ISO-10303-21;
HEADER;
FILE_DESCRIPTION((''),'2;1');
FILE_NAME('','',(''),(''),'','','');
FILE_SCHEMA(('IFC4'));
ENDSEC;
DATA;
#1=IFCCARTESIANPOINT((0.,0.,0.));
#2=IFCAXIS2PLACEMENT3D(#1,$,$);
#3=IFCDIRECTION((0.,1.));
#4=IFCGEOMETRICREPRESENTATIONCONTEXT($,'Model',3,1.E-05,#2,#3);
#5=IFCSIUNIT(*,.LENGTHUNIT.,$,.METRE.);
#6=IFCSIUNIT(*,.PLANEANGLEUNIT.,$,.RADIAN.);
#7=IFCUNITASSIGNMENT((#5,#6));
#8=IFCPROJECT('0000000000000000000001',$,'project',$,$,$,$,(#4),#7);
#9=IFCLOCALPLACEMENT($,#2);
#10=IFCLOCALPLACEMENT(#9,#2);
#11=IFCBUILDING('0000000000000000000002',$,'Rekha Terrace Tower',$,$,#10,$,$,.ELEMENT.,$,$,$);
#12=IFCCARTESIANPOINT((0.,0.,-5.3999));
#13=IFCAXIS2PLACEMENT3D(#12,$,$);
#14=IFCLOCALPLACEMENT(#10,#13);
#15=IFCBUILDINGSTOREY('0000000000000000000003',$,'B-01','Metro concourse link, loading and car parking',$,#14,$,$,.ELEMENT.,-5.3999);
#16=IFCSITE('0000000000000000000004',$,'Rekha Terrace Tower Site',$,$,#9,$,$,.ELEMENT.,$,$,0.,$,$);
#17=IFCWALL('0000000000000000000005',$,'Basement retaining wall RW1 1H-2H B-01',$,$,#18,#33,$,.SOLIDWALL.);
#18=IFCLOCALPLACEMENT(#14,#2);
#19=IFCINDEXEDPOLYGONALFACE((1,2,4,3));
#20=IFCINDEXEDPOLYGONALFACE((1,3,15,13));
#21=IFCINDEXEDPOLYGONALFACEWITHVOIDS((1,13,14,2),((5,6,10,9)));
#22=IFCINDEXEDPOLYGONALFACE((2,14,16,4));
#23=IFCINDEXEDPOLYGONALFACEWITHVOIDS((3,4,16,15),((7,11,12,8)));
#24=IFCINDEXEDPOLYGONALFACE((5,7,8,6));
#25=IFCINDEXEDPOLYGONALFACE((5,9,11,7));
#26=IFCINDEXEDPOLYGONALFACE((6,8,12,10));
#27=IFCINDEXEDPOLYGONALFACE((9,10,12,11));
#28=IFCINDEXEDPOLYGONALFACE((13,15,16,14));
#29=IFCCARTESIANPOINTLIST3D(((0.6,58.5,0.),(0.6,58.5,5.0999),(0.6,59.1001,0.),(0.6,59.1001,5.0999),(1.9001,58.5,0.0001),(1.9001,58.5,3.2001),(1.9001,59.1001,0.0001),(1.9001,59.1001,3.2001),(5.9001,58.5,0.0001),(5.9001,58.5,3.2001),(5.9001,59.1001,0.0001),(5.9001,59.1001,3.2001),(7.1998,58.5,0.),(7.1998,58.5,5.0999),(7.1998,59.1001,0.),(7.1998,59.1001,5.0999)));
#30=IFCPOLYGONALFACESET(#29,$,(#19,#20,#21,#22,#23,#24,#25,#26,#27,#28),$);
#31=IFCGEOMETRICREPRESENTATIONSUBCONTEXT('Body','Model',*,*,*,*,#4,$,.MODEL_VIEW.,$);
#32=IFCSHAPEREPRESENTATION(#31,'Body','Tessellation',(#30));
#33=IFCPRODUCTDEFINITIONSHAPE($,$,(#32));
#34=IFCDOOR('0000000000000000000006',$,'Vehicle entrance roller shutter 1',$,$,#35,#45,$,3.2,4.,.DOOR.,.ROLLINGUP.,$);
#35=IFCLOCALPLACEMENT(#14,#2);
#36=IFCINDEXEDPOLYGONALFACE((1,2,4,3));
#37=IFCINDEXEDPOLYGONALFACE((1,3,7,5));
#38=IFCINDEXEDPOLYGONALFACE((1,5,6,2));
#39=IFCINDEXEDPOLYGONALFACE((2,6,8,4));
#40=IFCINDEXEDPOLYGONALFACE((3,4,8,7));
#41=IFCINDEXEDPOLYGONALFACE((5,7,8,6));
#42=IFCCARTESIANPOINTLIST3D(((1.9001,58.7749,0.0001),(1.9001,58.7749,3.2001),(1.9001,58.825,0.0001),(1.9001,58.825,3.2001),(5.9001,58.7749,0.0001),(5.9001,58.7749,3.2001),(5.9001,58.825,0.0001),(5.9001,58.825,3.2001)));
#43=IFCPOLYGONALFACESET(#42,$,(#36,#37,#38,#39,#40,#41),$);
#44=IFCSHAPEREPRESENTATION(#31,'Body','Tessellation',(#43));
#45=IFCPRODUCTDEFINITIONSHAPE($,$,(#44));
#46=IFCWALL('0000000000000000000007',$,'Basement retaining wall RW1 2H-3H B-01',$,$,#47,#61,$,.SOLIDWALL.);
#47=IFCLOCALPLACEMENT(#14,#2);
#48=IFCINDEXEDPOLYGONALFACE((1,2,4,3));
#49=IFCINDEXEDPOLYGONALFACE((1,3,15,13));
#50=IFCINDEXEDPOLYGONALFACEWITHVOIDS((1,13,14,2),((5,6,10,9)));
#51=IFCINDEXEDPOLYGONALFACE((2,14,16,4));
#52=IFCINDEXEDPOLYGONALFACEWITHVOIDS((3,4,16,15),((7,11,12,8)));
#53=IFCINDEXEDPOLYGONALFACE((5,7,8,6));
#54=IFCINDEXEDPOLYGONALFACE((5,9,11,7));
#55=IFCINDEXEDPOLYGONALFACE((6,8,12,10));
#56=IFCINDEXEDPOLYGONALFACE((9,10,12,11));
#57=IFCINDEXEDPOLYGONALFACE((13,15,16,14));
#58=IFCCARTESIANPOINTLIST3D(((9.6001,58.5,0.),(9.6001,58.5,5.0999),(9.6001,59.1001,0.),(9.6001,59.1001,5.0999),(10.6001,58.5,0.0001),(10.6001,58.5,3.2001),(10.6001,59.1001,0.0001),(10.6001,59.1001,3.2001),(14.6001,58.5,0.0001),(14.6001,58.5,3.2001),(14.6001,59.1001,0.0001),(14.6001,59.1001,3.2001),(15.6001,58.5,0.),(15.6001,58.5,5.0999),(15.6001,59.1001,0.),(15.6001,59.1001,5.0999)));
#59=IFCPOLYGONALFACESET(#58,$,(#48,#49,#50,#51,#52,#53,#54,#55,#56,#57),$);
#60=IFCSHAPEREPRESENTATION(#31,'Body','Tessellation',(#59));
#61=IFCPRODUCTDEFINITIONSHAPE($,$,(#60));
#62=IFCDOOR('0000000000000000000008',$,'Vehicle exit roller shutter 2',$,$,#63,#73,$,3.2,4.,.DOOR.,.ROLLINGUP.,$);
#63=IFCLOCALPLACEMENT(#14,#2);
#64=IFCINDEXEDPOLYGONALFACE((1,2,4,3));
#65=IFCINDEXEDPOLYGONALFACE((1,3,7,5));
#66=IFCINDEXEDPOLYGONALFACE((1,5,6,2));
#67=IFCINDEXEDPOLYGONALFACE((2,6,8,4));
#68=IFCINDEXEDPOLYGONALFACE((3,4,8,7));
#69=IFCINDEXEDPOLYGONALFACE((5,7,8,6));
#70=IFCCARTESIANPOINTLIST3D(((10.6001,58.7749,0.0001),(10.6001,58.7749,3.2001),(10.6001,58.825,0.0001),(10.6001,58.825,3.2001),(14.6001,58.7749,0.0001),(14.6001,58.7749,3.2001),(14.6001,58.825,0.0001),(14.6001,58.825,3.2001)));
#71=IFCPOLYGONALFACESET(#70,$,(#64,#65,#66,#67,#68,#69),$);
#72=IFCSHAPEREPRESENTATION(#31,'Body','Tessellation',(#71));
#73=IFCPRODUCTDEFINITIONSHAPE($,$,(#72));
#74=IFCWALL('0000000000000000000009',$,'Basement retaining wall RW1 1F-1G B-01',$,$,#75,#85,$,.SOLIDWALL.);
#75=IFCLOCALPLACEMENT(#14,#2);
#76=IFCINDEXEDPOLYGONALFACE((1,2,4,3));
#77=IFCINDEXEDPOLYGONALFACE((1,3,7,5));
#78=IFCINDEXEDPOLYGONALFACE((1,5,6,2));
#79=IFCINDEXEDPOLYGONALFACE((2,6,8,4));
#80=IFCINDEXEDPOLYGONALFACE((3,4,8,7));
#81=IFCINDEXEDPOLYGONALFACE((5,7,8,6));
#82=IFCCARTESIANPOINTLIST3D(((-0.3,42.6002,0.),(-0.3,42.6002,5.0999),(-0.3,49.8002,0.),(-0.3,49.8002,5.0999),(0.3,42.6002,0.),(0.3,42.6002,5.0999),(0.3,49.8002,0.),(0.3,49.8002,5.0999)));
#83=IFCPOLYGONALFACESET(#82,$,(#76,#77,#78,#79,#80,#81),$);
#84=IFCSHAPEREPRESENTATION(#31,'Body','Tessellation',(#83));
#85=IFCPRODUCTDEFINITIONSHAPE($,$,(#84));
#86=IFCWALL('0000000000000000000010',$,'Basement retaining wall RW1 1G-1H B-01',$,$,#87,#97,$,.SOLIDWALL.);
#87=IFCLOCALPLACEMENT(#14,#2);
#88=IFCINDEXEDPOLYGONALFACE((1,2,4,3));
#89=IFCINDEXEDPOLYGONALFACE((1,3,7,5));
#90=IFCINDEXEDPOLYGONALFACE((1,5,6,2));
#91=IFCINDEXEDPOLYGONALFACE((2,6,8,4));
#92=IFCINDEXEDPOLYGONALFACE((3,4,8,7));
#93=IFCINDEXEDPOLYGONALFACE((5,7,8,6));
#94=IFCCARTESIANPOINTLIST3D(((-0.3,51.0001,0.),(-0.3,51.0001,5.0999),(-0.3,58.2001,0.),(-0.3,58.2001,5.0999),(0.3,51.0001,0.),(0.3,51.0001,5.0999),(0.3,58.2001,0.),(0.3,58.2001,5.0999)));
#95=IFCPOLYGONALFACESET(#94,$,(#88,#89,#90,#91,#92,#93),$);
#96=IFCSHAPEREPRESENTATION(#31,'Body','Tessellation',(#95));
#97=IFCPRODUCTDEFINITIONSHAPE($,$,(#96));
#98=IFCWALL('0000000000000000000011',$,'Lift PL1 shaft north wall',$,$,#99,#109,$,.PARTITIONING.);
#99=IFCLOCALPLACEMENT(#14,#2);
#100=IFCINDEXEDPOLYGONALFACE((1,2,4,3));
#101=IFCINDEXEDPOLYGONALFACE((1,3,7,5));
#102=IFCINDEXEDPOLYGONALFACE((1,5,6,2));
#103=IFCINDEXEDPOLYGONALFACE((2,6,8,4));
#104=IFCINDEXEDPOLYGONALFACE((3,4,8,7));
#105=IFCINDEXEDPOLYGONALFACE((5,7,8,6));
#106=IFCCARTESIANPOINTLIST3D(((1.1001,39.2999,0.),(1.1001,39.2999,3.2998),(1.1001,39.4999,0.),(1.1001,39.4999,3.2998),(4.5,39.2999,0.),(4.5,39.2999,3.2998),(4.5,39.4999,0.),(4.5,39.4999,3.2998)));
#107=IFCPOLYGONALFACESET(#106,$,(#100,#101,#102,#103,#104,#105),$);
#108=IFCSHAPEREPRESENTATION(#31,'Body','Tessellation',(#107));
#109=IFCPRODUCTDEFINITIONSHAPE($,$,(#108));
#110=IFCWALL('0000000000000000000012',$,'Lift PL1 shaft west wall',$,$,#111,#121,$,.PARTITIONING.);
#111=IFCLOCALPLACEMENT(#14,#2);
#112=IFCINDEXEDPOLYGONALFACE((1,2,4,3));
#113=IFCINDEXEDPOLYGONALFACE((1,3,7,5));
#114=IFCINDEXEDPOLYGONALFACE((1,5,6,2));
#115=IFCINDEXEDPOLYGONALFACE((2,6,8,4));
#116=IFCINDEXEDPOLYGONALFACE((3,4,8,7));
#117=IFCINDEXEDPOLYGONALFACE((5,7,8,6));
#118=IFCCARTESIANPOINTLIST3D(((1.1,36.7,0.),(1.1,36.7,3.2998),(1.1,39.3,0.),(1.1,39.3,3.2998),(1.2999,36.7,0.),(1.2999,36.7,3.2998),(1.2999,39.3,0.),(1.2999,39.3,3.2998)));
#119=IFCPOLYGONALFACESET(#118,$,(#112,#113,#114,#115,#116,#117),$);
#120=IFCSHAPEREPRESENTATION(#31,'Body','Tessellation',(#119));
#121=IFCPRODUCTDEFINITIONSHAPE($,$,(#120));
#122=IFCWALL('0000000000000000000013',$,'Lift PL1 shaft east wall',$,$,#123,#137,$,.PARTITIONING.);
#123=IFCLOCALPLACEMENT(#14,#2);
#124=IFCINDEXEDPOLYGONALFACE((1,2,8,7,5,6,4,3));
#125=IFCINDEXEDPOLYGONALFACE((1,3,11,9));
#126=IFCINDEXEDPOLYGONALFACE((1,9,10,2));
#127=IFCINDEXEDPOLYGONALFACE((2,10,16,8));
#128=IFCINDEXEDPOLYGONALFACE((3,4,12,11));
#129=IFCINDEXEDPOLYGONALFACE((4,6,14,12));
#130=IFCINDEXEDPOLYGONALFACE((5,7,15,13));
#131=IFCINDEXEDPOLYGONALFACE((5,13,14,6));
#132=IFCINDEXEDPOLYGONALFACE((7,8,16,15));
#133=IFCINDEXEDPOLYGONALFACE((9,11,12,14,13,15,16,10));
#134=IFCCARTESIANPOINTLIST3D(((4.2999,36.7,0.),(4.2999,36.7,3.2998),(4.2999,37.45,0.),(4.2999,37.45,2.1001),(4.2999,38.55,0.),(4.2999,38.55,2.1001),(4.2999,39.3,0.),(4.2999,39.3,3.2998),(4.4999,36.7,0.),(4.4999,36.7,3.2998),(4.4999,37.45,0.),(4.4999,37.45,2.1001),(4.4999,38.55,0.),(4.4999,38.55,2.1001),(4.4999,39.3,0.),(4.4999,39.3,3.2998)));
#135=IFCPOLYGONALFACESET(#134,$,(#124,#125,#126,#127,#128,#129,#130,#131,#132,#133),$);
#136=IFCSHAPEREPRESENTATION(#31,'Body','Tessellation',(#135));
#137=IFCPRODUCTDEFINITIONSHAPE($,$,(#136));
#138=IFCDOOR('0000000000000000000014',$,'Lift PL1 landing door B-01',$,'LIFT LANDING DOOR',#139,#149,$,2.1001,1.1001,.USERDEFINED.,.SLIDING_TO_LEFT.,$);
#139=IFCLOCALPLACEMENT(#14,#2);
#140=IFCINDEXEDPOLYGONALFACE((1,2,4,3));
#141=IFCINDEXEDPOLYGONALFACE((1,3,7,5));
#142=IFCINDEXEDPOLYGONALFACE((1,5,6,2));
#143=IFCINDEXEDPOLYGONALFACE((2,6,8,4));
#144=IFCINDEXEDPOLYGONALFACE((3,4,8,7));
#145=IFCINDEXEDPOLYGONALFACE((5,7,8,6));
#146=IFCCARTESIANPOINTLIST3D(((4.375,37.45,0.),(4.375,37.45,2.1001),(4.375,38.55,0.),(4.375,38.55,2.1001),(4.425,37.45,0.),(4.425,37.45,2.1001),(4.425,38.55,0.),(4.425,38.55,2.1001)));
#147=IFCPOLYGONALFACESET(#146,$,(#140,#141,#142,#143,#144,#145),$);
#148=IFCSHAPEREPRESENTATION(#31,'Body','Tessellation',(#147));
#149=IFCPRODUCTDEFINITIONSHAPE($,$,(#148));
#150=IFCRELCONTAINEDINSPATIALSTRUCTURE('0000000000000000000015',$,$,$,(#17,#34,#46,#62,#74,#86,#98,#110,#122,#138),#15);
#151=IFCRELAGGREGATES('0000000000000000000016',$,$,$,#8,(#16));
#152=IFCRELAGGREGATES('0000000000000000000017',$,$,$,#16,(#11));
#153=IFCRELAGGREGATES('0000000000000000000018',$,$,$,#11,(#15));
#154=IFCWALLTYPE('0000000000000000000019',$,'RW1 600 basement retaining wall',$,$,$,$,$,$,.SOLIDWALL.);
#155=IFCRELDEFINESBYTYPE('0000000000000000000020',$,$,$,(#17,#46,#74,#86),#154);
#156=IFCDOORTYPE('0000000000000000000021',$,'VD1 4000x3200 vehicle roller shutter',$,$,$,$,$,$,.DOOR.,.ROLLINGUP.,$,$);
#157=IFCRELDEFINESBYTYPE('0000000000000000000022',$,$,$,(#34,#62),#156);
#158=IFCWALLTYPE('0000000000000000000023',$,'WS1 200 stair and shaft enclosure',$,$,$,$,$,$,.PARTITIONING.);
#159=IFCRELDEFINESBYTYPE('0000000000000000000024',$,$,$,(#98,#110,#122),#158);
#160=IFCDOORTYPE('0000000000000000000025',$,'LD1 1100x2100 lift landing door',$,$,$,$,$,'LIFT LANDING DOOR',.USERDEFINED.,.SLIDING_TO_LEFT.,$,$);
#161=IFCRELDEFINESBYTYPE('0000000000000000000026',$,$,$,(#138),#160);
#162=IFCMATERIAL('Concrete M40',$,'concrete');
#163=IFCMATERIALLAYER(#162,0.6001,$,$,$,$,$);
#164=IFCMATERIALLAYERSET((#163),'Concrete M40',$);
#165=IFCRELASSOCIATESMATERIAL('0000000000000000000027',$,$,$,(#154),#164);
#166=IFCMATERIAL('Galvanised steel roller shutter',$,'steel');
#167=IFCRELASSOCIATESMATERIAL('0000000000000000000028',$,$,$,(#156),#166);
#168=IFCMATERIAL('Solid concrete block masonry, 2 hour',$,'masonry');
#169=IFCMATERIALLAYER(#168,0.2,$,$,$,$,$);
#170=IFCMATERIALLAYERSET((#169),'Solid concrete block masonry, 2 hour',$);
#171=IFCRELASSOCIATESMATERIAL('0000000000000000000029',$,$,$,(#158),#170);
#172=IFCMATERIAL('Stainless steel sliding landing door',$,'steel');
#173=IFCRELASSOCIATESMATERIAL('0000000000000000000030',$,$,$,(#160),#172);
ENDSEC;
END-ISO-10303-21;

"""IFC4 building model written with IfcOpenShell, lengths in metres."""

from ifc_helpers import new_model, si_unit, direction, frame, frame_2d, origin, place, context, subcontext, project, spatial, rectangle, extrude, material, layer, layer_set, type_object, element, fill, save


model = new_model("IFC4")

# Units and contexts
model_context = context("Model", 3, precision=1e-05, world=origin(), true_north=direction((0.0, 1.0)))
body_context = subcontext(model_context, "Body", "Model", "MODEL_VIEW")
ifc_project = project(units=[si_unit("LENGTHUNIT", "METRE"), si_unit("PLANEANGLEUNIT", "RADIAN")], contexts=[model_context])

# Site, building, storey
site_placement = place(None, origin())
site = spatial("IfcSite", under=ifc_project, at=site_placement, Name="Rekha Terrace Tower Site", CompositionType="ELEMENT", RefElevation=0.0)
building_placement = place(site_placement, origin())
building = spatial("IfcBuilding", under=site, at=building_placement, Name="Rekha Terrace Tower", CompositionType="ELEMENT")
storey_placement = place(building_placement, frame((0.0, 0.0, -5.3999)))
storey = spatial("IfcBuildingStorey", under=building, at=storey_placement, Name="B-01", Description="Metro concourse link, loading and car parking", CompositionType="ELEMENT", Elevation=-5.3999)

# Shared definitions
ifc_material_1 = material(Name="Concrete M40", Category="concrete")

# Walls, openings, doors
ifc_layer_1 = layer(ifc_material_1, 0.6001)
ifc_layer_set_1 = layer_set([ifc_layer_1], Name="Concrete M40")
wall_type_1 = type_object("IfcWallType", Name="RW1 600 basement retaining wall", PredefinedType="SOLIDWALL", material=ifc_layer_set_1)
wall_1_placement = place(storey_placement, frame((0.6001, 58.8, 0.0), z_axis=(0.0, 0.0, 1.0), x_axis=(1.0, 0.0, 0.0)))
wall_1 = element("IfcWall", 1, at=wall_1_placement, inside=storey, type_object=wall_type_1, Name="Basement retaining wall RW1 1H-2H B-01", PredefinedType="SOLIDWALL", context=body_context, shape_type="SweptSolid", body=[
    extrude(rectangle(XDim=6.5999, YDim=0.6001, at=frame_2d((3.2998, 0.0))), origin(), (0.0, 0.0, 1.0), 5.0999),
])
opening_1_placement = place(wall_1_placement, frame((1.3, 0.0, 0.0)))
opening_1 = element("IfcOpeningElement", 2, at=opening_1_placement, cuts=wall_1, PredefinedType="OPENING", context=body_context, shape_type="SweptSolid", body=[
    extrude(rectangle(XDim=4.0, YDim=3.2, at=frame_2d((2.0, 1.6001))), frame((0.0, 0.3101, 0.0), z_axis=(0.0, -1.0, 0.0), x_axis=(1.0, 0.0, 0.0)), (0.0, 0.0, 1.0), 0.6201),
])
ifc_material_2 = material(Name="Galvanised steel roller shutter", Category="steel")
door_type_1 = type_object("IfcDoorType", Name="VD1 4000x3200 vehicle roller shutter", OperationType="ROLLINGUP", PredefinedType="DOOR", material=ifc_material_2)
door_1_placement = place(opening_1_placement, origin())
door_1 = element("IfcDoor", 3, at=door_1_placement, inside=storey, type_object=door_type_1, Name="Vehicle entrance roller shutter 1", OperationType="ROLLINGUP", OverallHeight=3.2, OverallWidth=4.0, PredefinedType="DOOR", context=body_context, shape_type="SweptSolid", body=[
    extrude(rectangle(XDim=4.0, YDim=3.2, at=frame_2d((2.0, 1.6001))), frame((0.0, 0.0249, 0.0), z_axis=(0.0, -1.0, 0.0), x_axis=(1.0, 0.0, 0.0)), (0.0, 0.0, 1.0), 0.05),
])
fill(opening_1, door_1)
wall_2_placement = place(storey_placement, frame((9.6001, 58.8, 0.0), z_axis=(0.0, 0.0, 1.0), x_axis=(1.0, 0.0, 0.0)))
wall_2 = element("IfcWall", 4, at=wall_2_placement, inside=storey, type_object=wall_type_1, Name="Basement retaining wall RW1 2H-3H B-01", PredefinedType="SOLIDWALL", context=body_context, shape_type="SweptSolid", body=[
    extrude(rectangle(XDim=6.0, YDim=0.6001, at=frame_2d((3.0, 0.0))), origin(), (0.0, 0.0, 1.0), 5.0999),
])
opening_2_placement = place(wall_2_placement, frame((1.0, 0.0, 0.0)))
opening_2 = element("IfcOpeningElement", 5, at=opening_2_placement, cuts=wall_2, PredefinedType="OPENING", context=body_context, shape_type="SweptSolid", body=[
    extrude(rectangle(XDim=4.0, YDim=3.2, at=frame_2d((2.0, 1.6001))), frame((0.0, 0.3101, 0.0), z_axis=(0.0, -1.0, 0.0), x_axis=(1.0, 0.0, 0.0)), (0.0, 0.0, 1.0), 0.6201),
])
door_2_placement = place(opening_2_placement, origin())
door_2 = element("IfcDoor", 6, at=door_2_placement, inside=storey, type_object=door_type_1, Name="Vehicle exit roller shutter 2", OperationType="ROLLINGUP", OverallHeight=3.2, OverallWidth=4.0, PredefinedType="DOOR", context=body_context, shape_type="SweptSolid", body=[
    extrude(rectangle(XDim=4.0, YDim=3.2, at=frame_2d((2.0, 1.6001))), frame((0.0, 0.0249, 0.0), z_axis=(0.0, -1.0, 0.0), x_axis=(1.0, 0.0, 0.0)), (0.0, 0.0, 1.0), 0.05),
])
fill(opening_2, door_2)

# Walls
for number, where, z_axis, x_axis, name in (
    (7, (0.0, 42.6001, 0.0), (0.0, 0.0, 1.0), (0.0, 1.0, 0.0), "Basement retaining wall RW1 1F-1G B-01"),
    (8, (0.0, 51.0, 0.0), (0.0, 0.0, 1.0), (0.0, 1.0, 0.0), "Basement retaining wall RW1 1G-1H B-01"),
):
    element("IfcWall", number, at=place(storey_placement, frame(where, z_axis=z_axis, x_axis=x_axis)), inside=storey, type_object=wall_type_1, Name=name, PredefinedType="SOLIDWALL", context=body_context, shape_type="SweptSolid", body=[
        extrude(rectangle(XDim=7.2, YDim=0.6001, at=frame_2d((3.6001, 0.0))), origin(), (0.0, 0.0, 1.0), 5.0999),
    ])
ifc_material_3 = material(Name="Solid concrete block masonry, 2 hour", Category="masonry")
ifc_layer_2 = layer(ifc_material_3, 0.2)
ifc_layer_set_2 = layer_set([ifc_layer_2], Name="Solid concrete block masonry, 2 hour")
wall_type_2 = type_object("IfcWallType", Name="WS1 200 stair and shaft enclosure", PredefinedType="PARTITIONING", material=ifc_layer_set_2)
wall_3_placement = place(storey_placement, frame((1.1001, 39.3999, 0.0), z_axis=(0.0, 0.0, 1.0), x_axis=(1.0, 0.0, 0.0)))
element("IfcWall", 9, at=wall_3_placement, inside=storey, type_object=wall_type_2, Name="Lift PL1 shaft north wall", PredefinedType="PARTITIONING", context=body_context, shape_type="SweptSolid", body=[
    extrude(rectangle(XDim=3.3999, YDim=0.2, at=frame_2d((1.7, 0.0))), origin(), (0.0, 0.0, 1.0), 3.2998),
])
wall_4_placement = place(storey_placement, frame((1.2, 36.7, 0.0), z_axis=(0.0, 0.0, 1.0), x_axis=(0.0, 1.0, 0.0)))
element("IfcWall", 10, at=wall_4_placement, inside=storey, type_object=wall_type_2, Name="Lift PL1 shaft west wall", PredefinedType="PARTITIONING", context=body_context, shape_type="SweptSolid", body=[
    extrude(rectangle(XDim=2.6001, YDim=0.2, at=frame_2d((1.3, 0.0))), origin(), (0.0, 0.0, 1.0), 3.2998),
])

# Wall, opening, door
wall_5_placement = place(storey_placement, frame((4.3999, 36.7, 0.0), z_axis=(0.0, 0.0, 1.0), x_axis=(0.0, 1.0, 0.0)))
wall_5 = element("IfcWall", 11, at=wall_5_placement, inside=storey, type_object=wall_type_2, Name="Lift PL1 shaft east wall", PredefinedType="PARTITIONING", context=body_context, shape_type="SweptSolid", body=[
    extrude(rectangle(XDim=2.6001, YDim=0.2, at=frame_2d((1.3, 0.0))), origin(), (0.0, 0.0, 1.0), 3.2998),
])
opening_3_placement = place(wall_5_placement, frame((0.75, 0.0, 0.0)))
opening_3 = element("IfcOpeningElement", 12, at=opening_3_placement, cuts=wall_5, PredefinedType="OPENING", context=body_context, shape_type="SweptSolid", body=[
    extrude(rectangle(XDim=1.1001, YDim=2.1001, at=frame_2d((0.55, 1.05))), frame((0.0, 0.1099, 0.0), z_axis=(0.0, -1.0, 0.0), x_axis=(1.0, 0.0, 0.0)), (0.0, 0.0, 1.0), 0.22),
])
ifc_material_4 = material(Name="Stainless steel sliding landing door", Category="steel")
door_type_2 = type_object("IfcDoorType", Name="LD1 1100x2100 lift landing door", ElementType="LIFT LANDING DOOR", OperationType="SLIDING_TO_LEFT", PredefinedType="USERDEFINED", material=ifc_material_4)
door_3_placement = place(opening_3_placement, origin())
door_3 = element("IfcDoor", 13, at=door_3_placement, inside=storey, type_object=door_type_2, Name="Lift PL1 landing door B-01", ObjectType="LIFT LANDING DOOR", OperationType="SLIDING_TO_LEFT", OverallHeight=2.1001, OverallWidth=1.1001, PredefinedType="USERDEFINED", context=body_context, shape_type="SweptSolid", body=[
    extrude(rectangle(XDim=1.1001, YDim=2.1001, at=frame_2d((0.55, 1.05))), frame((0.0, 0.0249, 0.0), z_axis=(0.0, -1.0, 0.0), x_axis=(1.0, 0.0, 0.0)), (0.0, 0.0, 1.0), 0.05),
])
fill(opening_3, door_3)

save(model, "model.ifc")
